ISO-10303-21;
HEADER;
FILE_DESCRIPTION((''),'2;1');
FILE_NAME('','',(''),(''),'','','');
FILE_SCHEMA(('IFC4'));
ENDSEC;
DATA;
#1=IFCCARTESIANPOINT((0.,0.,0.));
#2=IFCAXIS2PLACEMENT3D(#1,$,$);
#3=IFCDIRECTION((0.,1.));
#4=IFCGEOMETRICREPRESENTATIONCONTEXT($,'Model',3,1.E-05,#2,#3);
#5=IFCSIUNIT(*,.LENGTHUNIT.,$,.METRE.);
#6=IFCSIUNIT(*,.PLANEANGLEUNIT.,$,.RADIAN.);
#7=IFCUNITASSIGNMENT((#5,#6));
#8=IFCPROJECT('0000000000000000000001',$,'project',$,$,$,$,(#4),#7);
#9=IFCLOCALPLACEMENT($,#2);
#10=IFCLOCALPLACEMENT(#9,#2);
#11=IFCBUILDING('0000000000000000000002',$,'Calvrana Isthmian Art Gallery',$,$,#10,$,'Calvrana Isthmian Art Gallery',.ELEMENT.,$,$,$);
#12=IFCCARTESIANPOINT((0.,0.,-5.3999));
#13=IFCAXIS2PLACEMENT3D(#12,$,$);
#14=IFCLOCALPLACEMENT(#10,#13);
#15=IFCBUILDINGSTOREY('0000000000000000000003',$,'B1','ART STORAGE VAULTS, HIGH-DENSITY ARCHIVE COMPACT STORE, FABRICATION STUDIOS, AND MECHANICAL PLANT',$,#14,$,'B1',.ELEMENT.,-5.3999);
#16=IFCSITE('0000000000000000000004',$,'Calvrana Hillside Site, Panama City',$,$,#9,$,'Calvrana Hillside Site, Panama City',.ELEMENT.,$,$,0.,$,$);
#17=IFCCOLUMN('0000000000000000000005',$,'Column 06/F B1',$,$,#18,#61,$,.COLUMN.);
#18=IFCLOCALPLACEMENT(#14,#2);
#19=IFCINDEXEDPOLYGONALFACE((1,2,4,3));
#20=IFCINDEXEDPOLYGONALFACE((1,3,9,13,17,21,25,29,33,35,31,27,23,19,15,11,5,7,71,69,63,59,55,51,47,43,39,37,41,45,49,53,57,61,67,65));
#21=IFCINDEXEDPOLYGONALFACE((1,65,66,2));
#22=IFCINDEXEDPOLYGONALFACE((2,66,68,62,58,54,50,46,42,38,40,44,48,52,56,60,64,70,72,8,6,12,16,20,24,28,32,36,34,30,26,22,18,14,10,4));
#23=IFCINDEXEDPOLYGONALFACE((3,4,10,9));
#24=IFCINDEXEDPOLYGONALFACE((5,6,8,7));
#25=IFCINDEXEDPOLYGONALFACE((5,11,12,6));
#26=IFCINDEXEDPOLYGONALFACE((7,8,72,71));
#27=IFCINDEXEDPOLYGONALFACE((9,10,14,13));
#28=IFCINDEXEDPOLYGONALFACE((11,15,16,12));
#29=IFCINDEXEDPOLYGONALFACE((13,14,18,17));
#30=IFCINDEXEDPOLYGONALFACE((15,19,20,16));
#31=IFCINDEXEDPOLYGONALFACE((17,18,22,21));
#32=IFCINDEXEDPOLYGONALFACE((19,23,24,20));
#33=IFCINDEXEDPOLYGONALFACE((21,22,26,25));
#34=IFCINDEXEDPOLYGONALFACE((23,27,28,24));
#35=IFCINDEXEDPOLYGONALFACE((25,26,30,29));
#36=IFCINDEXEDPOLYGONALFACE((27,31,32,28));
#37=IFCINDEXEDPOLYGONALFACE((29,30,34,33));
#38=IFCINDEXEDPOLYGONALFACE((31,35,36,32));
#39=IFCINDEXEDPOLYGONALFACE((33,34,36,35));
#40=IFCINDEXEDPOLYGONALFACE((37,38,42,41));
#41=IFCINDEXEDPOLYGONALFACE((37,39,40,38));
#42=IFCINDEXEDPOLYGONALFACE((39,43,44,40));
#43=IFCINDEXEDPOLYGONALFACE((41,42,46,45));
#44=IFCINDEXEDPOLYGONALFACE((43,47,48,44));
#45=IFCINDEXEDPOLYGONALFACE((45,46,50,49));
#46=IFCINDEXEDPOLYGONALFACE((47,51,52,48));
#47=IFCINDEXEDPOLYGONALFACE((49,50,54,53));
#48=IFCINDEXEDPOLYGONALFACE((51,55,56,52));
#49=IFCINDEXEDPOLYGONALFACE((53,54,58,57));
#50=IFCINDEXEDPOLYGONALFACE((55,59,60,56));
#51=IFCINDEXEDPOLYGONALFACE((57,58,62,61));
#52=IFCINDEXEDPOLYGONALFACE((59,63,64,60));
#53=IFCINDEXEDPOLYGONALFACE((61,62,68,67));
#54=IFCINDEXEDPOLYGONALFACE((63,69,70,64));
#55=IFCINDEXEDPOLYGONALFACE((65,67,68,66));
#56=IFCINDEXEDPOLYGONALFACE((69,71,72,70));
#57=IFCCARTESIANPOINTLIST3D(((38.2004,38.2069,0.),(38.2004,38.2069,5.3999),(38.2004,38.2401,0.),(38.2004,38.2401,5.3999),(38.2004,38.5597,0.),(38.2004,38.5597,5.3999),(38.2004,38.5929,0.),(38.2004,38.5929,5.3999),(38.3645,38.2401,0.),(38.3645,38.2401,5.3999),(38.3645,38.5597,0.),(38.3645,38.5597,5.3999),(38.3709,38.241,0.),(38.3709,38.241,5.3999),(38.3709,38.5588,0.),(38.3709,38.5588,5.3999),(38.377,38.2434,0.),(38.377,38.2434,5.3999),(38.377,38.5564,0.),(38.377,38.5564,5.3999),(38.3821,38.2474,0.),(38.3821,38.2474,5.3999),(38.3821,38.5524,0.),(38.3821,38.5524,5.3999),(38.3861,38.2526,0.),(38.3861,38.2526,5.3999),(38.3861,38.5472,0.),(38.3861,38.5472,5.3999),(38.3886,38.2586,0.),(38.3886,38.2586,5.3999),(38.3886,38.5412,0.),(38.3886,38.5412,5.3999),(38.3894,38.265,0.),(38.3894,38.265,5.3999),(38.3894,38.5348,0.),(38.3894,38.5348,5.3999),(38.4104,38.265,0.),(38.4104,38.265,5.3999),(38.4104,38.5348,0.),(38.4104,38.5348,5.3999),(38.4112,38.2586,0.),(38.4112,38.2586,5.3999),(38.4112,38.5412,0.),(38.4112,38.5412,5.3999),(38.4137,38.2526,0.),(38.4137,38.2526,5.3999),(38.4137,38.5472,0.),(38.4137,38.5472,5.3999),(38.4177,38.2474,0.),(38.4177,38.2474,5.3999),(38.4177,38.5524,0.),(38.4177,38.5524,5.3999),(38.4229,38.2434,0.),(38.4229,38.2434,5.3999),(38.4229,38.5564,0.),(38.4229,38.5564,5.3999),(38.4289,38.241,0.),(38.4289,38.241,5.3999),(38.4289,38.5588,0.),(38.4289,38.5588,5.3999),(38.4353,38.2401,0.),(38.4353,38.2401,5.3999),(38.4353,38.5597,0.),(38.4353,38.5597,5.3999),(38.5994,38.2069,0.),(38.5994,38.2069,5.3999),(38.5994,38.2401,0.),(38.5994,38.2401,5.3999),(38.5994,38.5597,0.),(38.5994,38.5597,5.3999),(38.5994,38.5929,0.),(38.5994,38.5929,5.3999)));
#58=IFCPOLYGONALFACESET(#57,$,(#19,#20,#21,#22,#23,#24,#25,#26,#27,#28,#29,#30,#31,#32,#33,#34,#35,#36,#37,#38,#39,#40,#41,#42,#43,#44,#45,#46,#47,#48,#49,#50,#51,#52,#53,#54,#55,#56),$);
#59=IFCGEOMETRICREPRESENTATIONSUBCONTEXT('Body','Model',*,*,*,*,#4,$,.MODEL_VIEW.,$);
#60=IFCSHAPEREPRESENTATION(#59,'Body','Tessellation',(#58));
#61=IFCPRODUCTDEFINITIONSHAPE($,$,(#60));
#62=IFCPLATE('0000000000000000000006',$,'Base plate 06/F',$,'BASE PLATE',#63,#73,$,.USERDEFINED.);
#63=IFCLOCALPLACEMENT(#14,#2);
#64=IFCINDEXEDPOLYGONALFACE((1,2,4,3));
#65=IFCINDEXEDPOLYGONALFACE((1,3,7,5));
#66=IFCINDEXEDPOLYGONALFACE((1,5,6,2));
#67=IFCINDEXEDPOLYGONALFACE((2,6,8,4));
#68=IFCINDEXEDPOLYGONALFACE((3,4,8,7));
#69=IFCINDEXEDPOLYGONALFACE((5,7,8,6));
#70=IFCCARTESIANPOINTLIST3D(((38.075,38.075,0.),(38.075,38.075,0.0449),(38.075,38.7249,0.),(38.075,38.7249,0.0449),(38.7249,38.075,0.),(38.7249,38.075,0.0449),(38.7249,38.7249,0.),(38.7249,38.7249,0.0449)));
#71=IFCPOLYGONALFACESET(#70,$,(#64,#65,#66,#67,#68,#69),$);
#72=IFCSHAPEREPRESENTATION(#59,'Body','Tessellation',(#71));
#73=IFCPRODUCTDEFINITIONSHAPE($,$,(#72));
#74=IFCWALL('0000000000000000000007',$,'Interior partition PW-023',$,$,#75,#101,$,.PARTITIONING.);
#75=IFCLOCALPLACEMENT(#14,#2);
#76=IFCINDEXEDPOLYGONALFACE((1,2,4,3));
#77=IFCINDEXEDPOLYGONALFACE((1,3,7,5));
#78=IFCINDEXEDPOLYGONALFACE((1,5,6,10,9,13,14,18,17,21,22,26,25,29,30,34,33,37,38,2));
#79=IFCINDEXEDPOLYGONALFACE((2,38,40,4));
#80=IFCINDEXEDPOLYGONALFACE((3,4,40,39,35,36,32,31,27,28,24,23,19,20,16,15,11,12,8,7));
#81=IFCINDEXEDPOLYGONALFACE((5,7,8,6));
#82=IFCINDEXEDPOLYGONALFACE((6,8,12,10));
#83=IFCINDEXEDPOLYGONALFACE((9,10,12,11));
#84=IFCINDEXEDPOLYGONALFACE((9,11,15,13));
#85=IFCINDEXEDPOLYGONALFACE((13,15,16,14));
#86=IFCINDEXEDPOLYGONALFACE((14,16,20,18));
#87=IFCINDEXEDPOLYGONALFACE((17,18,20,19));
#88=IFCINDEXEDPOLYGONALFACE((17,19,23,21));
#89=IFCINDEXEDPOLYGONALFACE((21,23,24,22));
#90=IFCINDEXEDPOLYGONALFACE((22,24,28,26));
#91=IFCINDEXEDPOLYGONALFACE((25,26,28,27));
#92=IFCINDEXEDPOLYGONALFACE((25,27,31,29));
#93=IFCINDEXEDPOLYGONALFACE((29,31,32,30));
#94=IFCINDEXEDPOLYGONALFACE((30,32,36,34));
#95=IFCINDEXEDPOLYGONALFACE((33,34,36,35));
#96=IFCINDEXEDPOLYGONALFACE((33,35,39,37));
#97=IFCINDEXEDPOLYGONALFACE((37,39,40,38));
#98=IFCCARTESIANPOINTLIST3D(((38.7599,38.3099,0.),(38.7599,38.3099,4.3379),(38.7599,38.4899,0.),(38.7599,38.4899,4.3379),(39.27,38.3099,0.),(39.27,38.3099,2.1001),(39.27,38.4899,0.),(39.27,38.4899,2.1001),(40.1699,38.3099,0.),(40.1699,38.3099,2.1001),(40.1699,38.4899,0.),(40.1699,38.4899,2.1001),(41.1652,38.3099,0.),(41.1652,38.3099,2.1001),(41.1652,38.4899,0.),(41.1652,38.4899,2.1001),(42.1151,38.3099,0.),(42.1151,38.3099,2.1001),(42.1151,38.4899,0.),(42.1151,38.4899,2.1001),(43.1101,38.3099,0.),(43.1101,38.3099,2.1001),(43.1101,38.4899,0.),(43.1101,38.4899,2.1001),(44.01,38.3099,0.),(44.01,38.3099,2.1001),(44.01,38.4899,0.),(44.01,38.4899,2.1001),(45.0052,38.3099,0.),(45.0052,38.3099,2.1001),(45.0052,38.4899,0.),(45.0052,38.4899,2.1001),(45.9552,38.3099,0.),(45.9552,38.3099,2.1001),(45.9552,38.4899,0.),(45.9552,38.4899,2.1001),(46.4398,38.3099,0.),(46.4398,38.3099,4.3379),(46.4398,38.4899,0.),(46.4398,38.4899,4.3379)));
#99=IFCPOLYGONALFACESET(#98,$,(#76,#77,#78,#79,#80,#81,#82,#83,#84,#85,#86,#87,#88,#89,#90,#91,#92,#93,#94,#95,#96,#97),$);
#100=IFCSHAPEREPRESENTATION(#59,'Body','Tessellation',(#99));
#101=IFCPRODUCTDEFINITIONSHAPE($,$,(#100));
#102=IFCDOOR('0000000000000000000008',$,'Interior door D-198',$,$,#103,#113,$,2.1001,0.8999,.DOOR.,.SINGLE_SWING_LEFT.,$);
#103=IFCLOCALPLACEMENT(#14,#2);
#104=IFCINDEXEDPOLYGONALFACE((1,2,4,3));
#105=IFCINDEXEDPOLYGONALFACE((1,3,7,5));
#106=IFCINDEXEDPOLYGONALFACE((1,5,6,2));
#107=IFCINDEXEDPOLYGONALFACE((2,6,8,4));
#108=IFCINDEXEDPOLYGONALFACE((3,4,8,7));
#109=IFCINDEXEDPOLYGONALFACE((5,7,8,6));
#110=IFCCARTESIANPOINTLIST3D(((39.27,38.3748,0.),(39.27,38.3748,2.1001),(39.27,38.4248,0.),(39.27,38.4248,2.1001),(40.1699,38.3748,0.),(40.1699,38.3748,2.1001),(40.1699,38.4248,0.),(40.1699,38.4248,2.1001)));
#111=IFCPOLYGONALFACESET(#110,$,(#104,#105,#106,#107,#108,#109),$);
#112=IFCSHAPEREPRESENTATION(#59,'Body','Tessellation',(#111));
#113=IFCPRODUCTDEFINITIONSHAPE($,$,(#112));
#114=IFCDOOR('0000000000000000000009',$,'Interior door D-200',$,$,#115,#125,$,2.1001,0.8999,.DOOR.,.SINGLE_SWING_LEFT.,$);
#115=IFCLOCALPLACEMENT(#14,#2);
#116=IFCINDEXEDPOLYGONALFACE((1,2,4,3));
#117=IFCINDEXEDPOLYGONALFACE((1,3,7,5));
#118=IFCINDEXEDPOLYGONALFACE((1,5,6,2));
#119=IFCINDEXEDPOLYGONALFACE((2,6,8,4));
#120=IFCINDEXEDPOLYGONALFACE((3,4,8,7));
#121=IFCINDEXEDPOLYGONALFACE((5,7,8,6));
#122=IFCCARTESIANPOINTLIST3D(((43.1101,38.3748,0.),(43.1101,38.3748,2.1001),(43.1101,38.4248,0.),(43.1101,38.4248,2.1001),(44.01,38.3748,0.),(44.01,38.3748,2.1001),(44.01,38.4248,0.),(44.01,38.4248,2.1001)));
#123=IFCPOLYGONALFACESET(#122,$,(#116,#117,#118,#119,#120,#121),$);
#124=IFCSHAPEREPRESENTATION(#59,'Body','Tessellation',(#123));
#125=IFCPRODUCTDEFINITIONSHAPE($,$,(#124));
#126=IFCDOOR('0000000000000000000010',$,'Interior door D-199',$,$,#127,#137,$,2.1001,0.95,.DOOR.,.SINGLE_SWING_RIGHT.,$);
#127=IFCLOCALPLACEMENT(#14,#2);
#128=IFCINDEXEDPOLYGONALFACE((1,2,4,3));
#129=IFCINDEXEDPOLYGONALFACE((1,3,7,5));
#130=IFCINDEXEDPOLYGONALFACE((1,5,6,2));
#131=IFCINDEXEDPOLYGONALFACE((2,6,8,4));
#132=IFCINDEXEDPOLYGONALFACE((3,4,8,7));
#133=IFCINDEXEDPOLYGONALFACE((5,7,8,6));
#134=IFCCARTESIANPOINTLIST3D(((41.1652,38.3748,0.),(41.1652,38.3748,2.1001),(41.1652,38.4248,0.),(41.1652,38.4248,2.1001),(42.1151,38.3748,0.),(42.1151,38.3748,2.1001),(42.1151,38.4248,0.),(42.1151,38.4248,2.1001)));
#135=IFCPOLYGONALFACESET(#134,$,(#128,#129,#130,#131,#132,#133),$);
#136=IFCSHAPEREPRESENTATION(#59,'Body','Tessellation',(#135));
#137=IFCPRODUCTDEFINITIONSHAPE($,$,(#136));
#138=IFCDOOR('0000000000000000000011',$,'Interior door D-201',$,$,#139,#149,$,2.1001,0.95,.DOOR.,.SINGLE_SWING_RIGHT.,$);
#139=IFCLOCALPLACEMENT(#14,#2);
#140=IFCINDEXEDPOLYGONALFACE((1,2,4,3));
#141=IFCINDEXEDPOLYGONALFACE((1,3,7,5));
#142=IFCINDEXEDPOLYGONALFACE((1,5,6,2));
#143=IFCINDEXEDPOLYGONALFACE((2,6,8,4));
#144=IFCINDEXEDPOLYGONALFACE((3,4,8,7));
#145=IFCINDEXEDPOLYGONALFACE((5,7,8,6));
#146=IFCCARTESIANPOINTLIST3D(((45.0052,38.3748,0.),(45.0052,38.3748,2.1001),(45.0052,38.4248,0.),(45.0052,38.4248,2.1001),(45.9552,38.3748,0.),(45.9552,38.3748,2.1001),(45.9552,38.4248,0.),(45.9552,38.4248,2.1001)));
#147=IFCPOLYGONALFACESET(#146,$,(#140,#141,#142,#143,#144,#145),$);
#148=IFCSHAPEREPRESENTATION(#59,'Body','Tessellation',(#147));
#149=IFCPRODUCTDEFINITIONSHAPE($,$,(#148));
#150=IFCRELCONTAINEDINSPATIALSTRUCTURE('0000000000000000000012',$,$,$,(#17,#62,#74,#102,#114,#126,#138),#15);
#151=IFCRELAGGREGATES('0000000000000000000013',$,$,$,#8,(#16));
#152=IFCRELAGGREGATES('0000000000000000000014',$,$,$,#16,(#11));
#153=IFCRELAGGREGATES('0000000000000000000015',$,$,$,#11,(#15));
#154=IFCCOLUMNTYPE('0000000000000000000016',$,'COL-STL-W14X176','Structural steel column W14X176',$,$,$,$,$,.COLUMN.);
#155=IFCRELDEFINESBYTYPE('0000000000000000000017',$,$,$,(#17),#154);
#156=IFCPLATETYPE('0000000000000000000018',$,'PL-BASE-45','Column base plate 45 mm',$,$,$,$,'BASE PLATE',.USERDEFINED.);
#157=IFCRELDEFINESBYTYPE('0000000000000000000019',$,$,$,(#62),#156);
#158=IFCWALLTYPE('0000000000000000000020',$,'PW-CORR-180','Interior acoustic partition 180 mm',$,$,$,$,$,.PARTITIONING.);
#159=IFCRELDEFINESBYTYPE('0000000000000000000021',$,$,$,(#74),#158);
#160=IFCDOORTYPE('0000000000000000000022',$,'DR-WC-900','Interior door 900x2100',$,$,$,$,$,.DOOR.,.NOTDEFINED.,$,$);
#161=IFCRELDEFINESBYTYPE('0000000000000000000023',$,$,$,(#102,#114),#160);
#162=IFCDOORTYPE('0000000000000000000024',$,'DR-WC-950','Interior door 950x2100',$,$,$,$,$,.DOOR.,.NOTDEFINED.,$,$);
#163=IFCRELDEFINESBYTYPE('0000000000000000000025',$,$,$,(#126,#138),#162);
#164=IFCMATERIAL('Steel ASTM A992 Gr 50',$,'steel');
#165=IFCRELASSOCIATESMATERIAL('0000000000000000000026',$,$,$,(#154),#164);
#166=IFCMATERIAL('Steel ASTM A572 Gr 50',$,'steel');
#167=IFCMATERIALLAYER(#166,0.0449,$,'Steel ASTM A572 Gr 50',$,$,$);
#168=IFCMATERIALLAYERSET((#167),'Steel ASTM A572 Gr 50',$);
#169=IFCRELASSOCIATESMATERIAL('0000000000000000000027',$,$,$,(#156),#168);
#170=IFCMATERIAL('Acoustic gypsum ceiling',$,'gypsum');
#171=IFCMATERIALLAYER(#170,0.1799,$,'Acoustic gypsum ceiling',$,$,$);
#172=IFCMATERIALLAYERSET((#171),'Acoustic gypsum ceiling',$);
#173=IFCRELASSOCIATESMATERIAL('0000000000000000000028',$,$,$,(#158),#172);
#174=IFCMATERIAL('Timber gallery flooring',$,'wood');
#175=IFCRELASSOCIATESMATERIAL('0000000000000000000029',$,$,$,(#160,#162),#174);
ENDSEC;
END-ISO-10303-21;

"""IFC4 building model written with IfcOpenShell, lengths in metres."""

from ifc_helpers import new_model, si_unit, direction, frame, frame_2d, origin, origin_2d, place, context, subcontext, project, spatial, rectangle, i_section, extrude, material, layer, layer_set, material_profile, profile_set, type_object, element, fill, save


model = new_model("IFC4")

# Units and contexts
model_context = context("Model", 3, precision=1e-05, world=origin(), true_north=direction((0.0, 1.0)))
body_context = subcontext(model_context, "Body", "Model", "MODEL_VIEW")
ifc_project = project(units=[si_unit("LENGTHUNIT", "METRE"), si_unit("PLANEANGLEUNIT", "RADIAN")], contexts=[model_context])

# Site, building, storey
site_placement = place(None, origin())
site = spatial("IfcSite", under=ifc_project, at=site_placement, Name="Calvrana Hillside Site, Panama City", LongName="Calvrana Hillside Site, Panama City", CompositionType="ELEMENT", RefElevation=0.0)
building_placement = place(site_placement, origin())
building = spatial("IfcBuilding", under=site, at=building_placement, Name="Calvrana Isthmian Art Gallery", LongName="Calvrana Isthmian Art Gallery", CompositionType="ELEMENT")
storey_placement = place(building_placement, frame((0.0, 0.0, -5.3999)))
storey = spatial("IfcBuildingStorey", under=building, at=storey_placement, Name="B1", Description="ART STORAGE VAULTS, HIGH-DENSITY ARCHIVE COMPACT STORE, FABRICATION STUDIOS, AND MECHANICAL PLANT", LongName="B1", CompositionType="ELEMENT", Elevation=-5.3999)

# Column
ifc_material_1 = material(Name="Steel ASTM A992 Gr 50", Category="steel")
ifc_material_profile_1 = material_profile(ifc_material_1, i_section(OverallWidth=0.3989, OverallDepth=0.386, WebThickness=0.021, FlangeThickness=0.0332, FilletRadius=0.0249, at=origin_2d()), Name="W14X176")
ifc_profile_set_1 = profile_set([ifc_material_profile_1], Name="Steel ASTM A992 Gr 50")
column_type = type_object("IfcColumnType", Name="COL-STL-W14X176", Description="Structural steel column W14X176", PredefinedType="COLUMN", material=ifc_profile_set_1)
column_placement = place(storey_placement, frame((38.3999, 38.3999, 0.0), z_axis=(0.0, 0.0, 1.0), x_axis=(1.0, 0.0, 0.0)))
element("IfcColumn", 1, at=column_placement, inside=storey, type_object=column_type, Name="Column 06/F B1", PredefinedType="COLUMN", context=body_context, shape_type="SweptSolid", body=[
    extrude(i_section(OverallWidth=0.3989, OverallDepth=0.386, WebThickness=0.021, FlangeThickness=0.0332, FilletRadius=0.0249, at=origin_2d()), origin(), (0.0, 0.0, 1.0), 5.3999),
])

# Plate
ifc_material_2 = material(Name="Steel ASTM A572 Gr 50", Category="steel")
ifc_layer_1 = layer(ifc_material_2, 0.0449, Name="Steel ASTM A572 Gr 50")
ifc_layer_set_1 = layer_set([ifc_layer_1], Name="Steel ASTM A572 Gr 50")
plate_type = type_object("IfcPlateType", Name="PL-BASE-45", Description="Column base plate 45 mm", ElementType="BASE PLATE", PredefinedType="USERDEFINED", material=ifc_layer_set_1)
plate_placement = place(storey_placement, frame((38.3999, 38.3999, 0.0), z_axis=(0.0, 0.0, 1.0), x_axis=(1.0, 0.0, 0.0)))
element("IfcPlate", 2, at=plate_placement, inside=storey, type_object=plate_type, Name="Base plate 06/F", ObjectType="BASE PLATE", PredefinedType="USERDEFINED", context=body_context, shape_type="SweptSolid", body=[
    extrude(rectangle(XDim=0.6499, YDim=0.6499, at=origin_2d()), origin(), (0.0, 0.0, 1.0), 0.0449),
])

# Wall, openings, doors
ifc_material_3 = material(Name="Acoustic gypsum ceiling", Category="gypsum")
ifc_layer_2 = layer(ifc_material_3, 0.1799, Name="Acoustic gypsum ceiling")
ifc_layer_set_2 = layer_set([ifc_layer_2], Name="Acoustic gypsum ceiling")
wall_type_1 = type_object("IfcWallType", Name="PW-CORR-180", Description="Interior acoustic partition 180 mm", PredefinedType="PARTITIONING", material=ifc_layer_set_2)
wall_1_placement = place(storey_placement, frame((38.76, 38.3999, 0.0), z_axis=(0.0, 0.0, 1.0), x_axis=(1.0, 0.0, 0.0)))
wall_1 = element("IfcWall", 3, at=wall_1_placement, inside=storey, type_object=wall_type_1, Name="Interior partition PW-023", PredefinedType="PARTITIONING", context=body_context, shape_type="SweptSolid", body=[
    extrude(rectangle(XDim=7.6799, YDim=0.1799, at=frame_2d((3.8398, 0.0))), origin(), (0.0, 0.0, 1.0), 4.3379),
])
opening_1_placement = place(wall_1_placement, frame((0.51, 0.0, 0.0)))
opening_1 = element("IfcOpeningElement", 4, at=opening_1_placement, cuts=wall_1, PredefinedType="OPENING", context=body_context, shape_type="SweptSolid", body=[
    extrude(rectangle(XDim=0.8999, YDim=2.1001, at=frame_2d((0.45, 1.05))), frame((0.0, 0.1001, 0.0), z_axis=(0.0, -1.0, 0.0), x_axis=(1.0, 0.0, 0.0)), (0.0, 0.0, 1.0), 0.2004),
])
opening_2_placement = place(wall_1_placement, frame((2.405, 0.0, 0.0)))
opening_2 = element("IfcOpeningElement", 5, at=opening_2_placement, cuts=wall_1, PredefinedType="OPENING", context=body_context, shape_type="SweptSolid", body=[
    extrude(rectangle(XDim=0.95, YDim=2.1001, at=frame_2d((0.4751, 1.05))), frame((0.0, 0.1001, 0.0), z_axis=(0.0, -1.0, 0.0), x_axis=(1.0, 0.0, 0.0)), (0.0, 0.0, 1.0), 0.2004),
])
opening_3_placement = place(wall_1_placement, frame((4.3501, 0.0, 0.0)))
opening_3 = element("IfcOpeningElement", 6, at=opening_3_placement, cuts=wall_1, PredefinedType="OPENING", context=body_context, shape_type="SweptSolid", body=[
    extrude(rectangle(XDim=0.8999, YDim=2.1001, at=frame_2d((0.45, 1.05))), frame((0.0, 0.1001, 0.0), z_axis=(0.0, -1.0, 0.0), x_axis=(1.0, 0.0, 0.0)), (0.0, 0.0, 1.0), 0.2004),
])
opening_4_placement = place(wall_1_placement, frame((6.2451, 0.0, 0.0)))
opening_4 = element("IfcOpeningElement", 7, at=opening_4_placement, cuts=wall_1, PredefinedType="OPENING", context=body_context, shape_type="SweptSolid", body=[
    extrude(rectangle(XDim=0.95, YDim=2.1001, at=frame_2d((0.4751, 1.05))), frame((0.0, 0.1001, 0.0), z_axis=(0.0, -1.0, 0.0), x_axis=(1.0, 0.0, 0.0)), (0.0, 0.0, 1.0), 0.2004),
])
ifc_material_4 = material(Name="Timber gallery flooring", Category="wood")
door_type_1 = type_object("IfcDoorType", Name="DR-WC-900", Description="Interior door 900x2100", OperationType="NOTDEFINED", PredefinedType="DOOR", material=ifc_material_4)
door_1_placement = place(opening_1_placement, origin())
door_1 = element("IfcDoor", 8, at=door_1_placement, inside=storey, type_object=door_type_1, Name="Interior door D-198", OperationType="SINGLE_SWING_LEFT", OverallHeight=2.1001, OverallWidth=0.8999, PredefinedType="DOOR", context=body_context, shape_type="SweptSolid", body=[
    extrude(rectangle(XDim=0.8999, YDim=2.1001, at=frame_2d((0.45, 1.05))), frame((0.0, 0.0249, 0.0), z_axis=(0.0, -1.0, 0.0), x_axis=(1.0, 0.0, 0.0)), (0.0, 0.0, 1.0), 0.05),
])
fill(opening_1, door_1)
door_2_placement = place(opening_3_placement, origin())
door_2 = element("IfcDoor", 9, at=door_2_placement, inside=storey, type_object=door_type_1, Name="Interior door D-200", OperationType="SINGLE_SWING_LEFT", OverallHeight=2.1001, OverallWidth=0.8999, PredefinedType="DOOR", context=body_context, shape_type="SweptSolid", body=[
    extrude(rectangle(XDim=0.8999, YDim=2.1001, at=frame_2d((0.45, 1.05))), frame((0.0, 0.0249, 0.0), z_axis=(0.0, -1.0, 0.0), x_axis=(1.0, 0.0, 0.0)), (0.0, 0.0, 1.0), 0.05),
])
fill(opening_3, door_2)
door_type_2 = type_object("IfcDoorType", Name="DR-WC-950", Description="Interior door 950x2100", OperationType="NOTDEFINED", PredefinedType="DOOR", material=ifc_material_4)
door_3_placement = place(opening_2_placement, origin())
door_3 = element("IfcDoor", 10, at=door_3_placement, inside=storey, type_object=door_type_2, Name="Interior door D-199", OperationType="SINGLE_SWING_RIGHT", OverallHeight=2.1001, OverallWidth=0.95, PredefinedType="DOOR", context=body_context, shape_type="SweptSolid", body=[
    extrude(rectangle(XDim=0.95, YDim=2.1001, at=frame_2d((0.4751, 1.05))), frame((0.0, 0.0249, 0.0), z_axis=(0.0, -1.0, 0.0), x_axis=(1.0, 0.0, 0.0)), (0.0, 0.0, 1.0), 0.05),
])
fill(opening_2, door_3)
door_4_placement = place(opening_4_placement, origin())
door_4 = element("IfcDoor", 11, at=door_4_placement, inside=storey, type_object=door_type_2, Name="Interior door D-201", OperationType="SINGLE_SWING_RIGHT", OverallHeight=2.1001, OverallWidth=0.95, PredefinedType="DOOR", context=body_context, shape_type="SweptSolid", body=[
    extrude(rectangle(XDim=0.95, YDim=2.1001, at=frame_2d((0.4751, 1.05))), frame((0.0, 0.0249, 0.0), z_axis=(0.0, -1.0, 0.0), x_axis=(1.0, 0.0, 0.0)), (0.0, 0.0, 1.0), 0.05),
])
fill(opening_4, door_4)

save(model, "model.ifc")
